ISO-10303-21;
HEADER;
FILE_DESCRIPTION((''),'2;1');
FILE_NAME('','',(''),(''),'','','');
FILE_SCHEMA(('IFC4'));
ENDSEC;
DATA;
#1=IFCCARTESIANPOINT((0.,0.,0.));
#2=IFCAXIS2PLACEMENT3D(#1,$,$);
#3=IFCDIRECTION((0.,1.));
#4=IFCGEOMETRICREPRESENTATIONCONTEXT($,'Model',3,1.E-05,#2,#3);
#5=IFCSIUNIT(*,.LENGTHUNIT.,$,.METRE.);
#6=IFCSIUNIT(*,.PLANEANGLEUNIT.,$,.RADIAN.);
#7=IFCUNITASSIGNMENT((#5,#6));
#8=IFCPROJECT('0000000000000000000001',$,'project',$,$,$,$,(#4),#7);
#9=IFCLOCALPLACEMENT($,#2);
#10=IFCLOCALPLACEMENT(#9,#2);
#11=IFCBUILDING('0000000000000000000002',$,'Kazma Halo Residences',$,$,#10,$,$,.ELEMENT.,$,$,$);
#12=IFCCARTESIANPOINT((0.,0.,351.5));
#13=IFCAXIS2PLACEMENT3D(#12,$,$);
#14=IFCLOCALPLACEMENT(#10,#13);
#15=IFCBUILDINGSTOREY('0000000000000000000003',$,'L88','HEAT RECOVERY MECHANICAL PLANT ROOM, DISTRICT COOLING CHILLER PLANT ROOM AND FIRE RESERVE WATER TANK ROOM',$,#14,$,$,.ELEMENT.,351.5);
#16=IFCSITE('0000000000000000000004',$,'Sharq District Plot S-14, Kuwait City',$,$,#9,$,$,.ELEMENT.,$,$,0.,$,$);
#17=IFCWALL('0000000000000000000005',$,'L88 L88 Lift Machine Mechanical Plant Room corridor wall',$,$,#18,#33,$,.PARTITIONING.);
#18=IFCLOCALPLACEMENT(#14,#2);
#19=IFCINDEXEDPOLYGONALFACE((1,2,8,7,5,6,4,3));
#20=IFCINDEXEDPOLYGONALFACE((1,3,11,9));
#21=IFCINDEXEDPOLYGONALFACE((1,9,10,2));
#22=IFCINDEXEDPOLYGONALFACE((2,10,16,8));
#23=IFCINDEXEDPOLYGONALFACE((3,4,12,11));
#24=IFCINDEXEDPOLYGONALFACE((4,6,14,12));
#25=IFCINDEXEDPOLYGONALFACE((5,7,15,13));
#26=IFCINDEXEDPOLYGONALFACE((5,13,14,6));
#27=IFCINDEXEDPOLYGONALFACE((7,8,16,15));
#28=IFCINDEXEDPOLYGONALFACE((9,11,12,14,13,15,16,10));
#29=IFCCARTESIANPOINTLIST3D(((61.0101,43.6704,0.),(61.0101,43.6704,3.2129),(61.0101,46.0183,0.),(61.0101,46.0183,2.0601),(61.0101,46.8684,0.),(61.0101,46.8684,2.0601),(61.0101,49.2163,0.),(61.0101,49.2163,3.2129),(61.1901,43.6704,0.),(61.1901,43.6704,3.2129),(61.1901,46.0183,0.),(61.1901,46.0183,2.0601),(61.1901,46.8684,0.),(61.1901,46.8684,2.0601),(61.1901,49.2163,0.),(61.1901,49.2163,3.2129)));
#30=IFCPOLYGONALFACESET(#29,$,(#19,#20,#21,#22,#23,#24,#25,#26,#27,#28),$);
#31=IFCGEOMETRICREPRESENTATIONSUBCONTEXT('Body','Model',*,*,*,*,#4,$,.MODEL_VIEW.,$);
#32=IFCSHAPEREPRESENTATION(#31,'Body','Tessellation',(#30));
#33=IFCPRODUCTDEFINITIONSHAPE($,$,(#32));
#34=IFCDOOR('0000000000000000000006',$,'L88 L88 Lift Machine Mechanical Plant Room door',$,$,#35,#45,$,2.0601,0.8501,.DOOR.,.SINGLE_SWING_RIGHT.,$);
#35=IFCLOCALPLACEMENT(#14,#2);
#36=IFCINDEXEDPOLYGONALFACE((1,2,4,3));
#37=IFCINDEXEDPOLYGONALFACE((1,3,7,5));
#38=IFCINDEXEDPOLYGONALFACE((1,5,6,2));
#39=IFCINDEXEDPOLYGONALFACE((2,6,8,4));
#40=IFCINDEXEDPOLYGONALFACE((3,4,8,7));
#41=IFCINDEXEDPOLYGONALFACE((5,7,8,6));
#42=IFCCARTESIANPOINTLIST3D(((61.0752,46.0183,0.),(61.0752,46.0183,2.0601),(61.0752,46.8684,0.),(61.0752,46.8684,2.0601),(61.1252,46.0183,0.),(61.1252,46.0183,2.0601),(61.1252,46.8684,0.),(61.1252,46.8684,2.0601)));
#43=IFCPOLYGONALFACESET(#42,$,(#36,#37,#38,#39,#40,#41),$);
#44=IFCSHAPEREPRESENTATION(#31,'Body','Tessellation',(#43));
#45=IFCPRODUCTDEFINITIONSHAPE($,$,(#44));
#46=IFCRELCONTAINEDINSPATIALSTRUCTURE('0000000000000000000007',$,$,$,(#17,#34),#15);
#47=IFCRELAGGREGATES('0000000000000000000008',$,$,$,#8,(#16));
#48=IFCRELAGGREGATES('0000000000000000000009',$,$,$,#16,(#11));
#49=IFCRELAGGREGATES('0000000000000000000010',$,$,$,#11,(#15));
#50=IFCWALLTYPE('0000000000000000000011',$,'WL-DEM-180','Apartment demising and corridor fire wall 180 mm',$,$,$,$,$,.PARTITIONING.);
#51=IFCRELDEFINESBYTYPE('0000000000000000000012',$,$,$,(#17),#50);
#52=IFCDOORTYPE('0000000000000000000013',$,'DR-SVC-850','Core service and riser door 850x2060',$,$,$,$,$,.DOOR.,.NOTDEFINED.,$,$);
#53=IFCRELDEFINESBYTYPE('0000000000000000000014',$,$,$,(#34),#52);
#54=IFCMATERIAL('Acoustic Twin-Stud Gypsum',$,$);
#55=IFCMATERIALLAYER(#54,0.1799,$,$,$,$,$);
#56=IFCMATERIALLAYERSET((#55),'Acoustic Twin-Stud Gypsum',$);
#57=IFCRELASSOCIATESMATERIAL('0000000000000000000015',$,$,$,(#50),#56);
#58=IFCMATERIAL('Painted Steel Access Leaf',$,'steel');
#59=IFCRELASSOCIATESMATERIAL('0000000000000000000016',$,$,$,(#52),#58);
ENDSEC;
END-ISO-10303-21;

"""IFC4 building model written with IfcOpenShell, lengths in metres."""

from ifc_helpers import new_model, si_unit, direction, frame, frame_2d, origin, place, context, subcontext, project, spatial, rectangle, extrude, material, layer, layer_set, type_object, element, fill, save


model = new_model("IFC4")

# Units and contexts
model_context = context("Model", 3, precision=1e-05, world=origin(), true_north=direction((0.0, 1.0)))
body_context = subcontext(model_context, "Body", "Model", "MODEL_VIEW")
ifc_project = project(units=[si_unit("LENGTHUNIT", "METRE"), si_unit("PLANEANGLEUNIT", "RADIAN")], contexts=[model_context])

# Site, building, storey
site_placement = place(None, origin())
site = spatial("IfcSite", under=ifc_project, at=site_placement, Name="Sharq District Plot S-14, Kuwait City", CompositionType="ELEMENT", RefElevation=0.0)
building_placement = place(site_placement, origin())
building = spatial("IfcBuilding", under=site, at=building_placement, Name="Kazma Halo Residences", CompositionType="ELEMENT")
storey_placement = place(building_placement, frame((0.0, 0.0, 351.5)))
storey = spatial("IfcBuildingStorey", under=building, at=storey_placement, Name="L88", Description="HEAT RECOVERY MECHANICAL PLANT ROOM, DISTRICT COOLING CHILLER PLANT ROOM AND FIRE RESERVE WATER TANK ROOM", CompositionType="ELEMENT", Elevation=351.5)

# Shared definitions
ifc_material_1 = material(Name="Acoustic Twin-Stud Gypsum")
ifc_layer_1 = layer(ifc_material_1, 0.1799)
ifc_layer_set_1 = layer_set([ifc_layer_1], Name="Acoustic Twin-Stud Gypsum")
wall_type_1 = type_object("IfcWallType", Name="WL-DEM-180", Description="Apartment demising and corridor fire wall 180 mm", PredefinedType="PARTITIONING", material=ifc_layer_set_1)

# Wall, opening, door
wall_1_placement = place(storey_placement, frame((61.1001, 43.6704, 0.0), z_axis=(0.0, 0.0, 1.0), x_axis=(0.0, 1.0, 0.0)))
wall_1 = element("IfcWall", 1, at=wall_1_placement, inside=storey, type_object=wall_type_1, Name="L88 L88 Lift Machine Mechanical Plant Room corridor wall", PredefinedType="PARTITIONING", context=body_context, shape_type="SweptSolid", body=[
    extrude(rectangle(XDim=5.5459, YDim=0.1799, at=frame_2d((2.7729, 0.0))), origin(), (0.0, 0.0, 1.0), 3.2129),
])
opening_placement = place(wall_1_placement, frame((2.3479, 0.0, 0.0)))
opening = element("IfcOpeningElement", 2, at=opening_placement, cuts=wall_1, PredefinedType="OPENING", context=body_context, shape_type="SweptSolid", body=[
    extrude(rectangle(XDim=0.8501, YDim=2.0601, at=frame_2d((0.425, 1.03))), frame((0.0, 0.0999, 0.0), z_axis=(0.0, -1.0, 0.0), x_axis=(1.0, 0.0, 0.0)), (0.0, 0.0, 1.0), 0.2),
])
ifc_material_2 = material(Name="Painted Steel Access Leaf", Category="steel")
door_type = type_object("IfcDoorType", Name="DR-SVC-850", Description="Core service and riser door 850x2060", OperationType="NOTDEFINED", PredefinedType="DOOR", material=ifc_material_2)
door_placement = place(opening_placement, origin())
door = element("IfcDoor", 3, at=door_placement, inside=storey, type_object=door_type, Name="L88 L88 Lift Machine Mechanical Plant Room door", OperationType="SINGLE_SWING_RIGHT", OverallHeight=2.0601, OverallWidth=0.8501, PredefinedType="DOOR", context=body_context, shape_type="SweptSolid", body=[
    extrude(rectangle(XDim=0.8501, YDim=2.0601, at=frame_2d((0.425, 1.03))), frame((0.0, 0.0249, 0.0), z_axis=(0.0, -1.0, 0.0), x_axis=(1.0, 0.0, 0.0)), (0.0, 0.0, 1.0), 0.05),
])
fill(opening, door)

save(model, "model.ifc")
